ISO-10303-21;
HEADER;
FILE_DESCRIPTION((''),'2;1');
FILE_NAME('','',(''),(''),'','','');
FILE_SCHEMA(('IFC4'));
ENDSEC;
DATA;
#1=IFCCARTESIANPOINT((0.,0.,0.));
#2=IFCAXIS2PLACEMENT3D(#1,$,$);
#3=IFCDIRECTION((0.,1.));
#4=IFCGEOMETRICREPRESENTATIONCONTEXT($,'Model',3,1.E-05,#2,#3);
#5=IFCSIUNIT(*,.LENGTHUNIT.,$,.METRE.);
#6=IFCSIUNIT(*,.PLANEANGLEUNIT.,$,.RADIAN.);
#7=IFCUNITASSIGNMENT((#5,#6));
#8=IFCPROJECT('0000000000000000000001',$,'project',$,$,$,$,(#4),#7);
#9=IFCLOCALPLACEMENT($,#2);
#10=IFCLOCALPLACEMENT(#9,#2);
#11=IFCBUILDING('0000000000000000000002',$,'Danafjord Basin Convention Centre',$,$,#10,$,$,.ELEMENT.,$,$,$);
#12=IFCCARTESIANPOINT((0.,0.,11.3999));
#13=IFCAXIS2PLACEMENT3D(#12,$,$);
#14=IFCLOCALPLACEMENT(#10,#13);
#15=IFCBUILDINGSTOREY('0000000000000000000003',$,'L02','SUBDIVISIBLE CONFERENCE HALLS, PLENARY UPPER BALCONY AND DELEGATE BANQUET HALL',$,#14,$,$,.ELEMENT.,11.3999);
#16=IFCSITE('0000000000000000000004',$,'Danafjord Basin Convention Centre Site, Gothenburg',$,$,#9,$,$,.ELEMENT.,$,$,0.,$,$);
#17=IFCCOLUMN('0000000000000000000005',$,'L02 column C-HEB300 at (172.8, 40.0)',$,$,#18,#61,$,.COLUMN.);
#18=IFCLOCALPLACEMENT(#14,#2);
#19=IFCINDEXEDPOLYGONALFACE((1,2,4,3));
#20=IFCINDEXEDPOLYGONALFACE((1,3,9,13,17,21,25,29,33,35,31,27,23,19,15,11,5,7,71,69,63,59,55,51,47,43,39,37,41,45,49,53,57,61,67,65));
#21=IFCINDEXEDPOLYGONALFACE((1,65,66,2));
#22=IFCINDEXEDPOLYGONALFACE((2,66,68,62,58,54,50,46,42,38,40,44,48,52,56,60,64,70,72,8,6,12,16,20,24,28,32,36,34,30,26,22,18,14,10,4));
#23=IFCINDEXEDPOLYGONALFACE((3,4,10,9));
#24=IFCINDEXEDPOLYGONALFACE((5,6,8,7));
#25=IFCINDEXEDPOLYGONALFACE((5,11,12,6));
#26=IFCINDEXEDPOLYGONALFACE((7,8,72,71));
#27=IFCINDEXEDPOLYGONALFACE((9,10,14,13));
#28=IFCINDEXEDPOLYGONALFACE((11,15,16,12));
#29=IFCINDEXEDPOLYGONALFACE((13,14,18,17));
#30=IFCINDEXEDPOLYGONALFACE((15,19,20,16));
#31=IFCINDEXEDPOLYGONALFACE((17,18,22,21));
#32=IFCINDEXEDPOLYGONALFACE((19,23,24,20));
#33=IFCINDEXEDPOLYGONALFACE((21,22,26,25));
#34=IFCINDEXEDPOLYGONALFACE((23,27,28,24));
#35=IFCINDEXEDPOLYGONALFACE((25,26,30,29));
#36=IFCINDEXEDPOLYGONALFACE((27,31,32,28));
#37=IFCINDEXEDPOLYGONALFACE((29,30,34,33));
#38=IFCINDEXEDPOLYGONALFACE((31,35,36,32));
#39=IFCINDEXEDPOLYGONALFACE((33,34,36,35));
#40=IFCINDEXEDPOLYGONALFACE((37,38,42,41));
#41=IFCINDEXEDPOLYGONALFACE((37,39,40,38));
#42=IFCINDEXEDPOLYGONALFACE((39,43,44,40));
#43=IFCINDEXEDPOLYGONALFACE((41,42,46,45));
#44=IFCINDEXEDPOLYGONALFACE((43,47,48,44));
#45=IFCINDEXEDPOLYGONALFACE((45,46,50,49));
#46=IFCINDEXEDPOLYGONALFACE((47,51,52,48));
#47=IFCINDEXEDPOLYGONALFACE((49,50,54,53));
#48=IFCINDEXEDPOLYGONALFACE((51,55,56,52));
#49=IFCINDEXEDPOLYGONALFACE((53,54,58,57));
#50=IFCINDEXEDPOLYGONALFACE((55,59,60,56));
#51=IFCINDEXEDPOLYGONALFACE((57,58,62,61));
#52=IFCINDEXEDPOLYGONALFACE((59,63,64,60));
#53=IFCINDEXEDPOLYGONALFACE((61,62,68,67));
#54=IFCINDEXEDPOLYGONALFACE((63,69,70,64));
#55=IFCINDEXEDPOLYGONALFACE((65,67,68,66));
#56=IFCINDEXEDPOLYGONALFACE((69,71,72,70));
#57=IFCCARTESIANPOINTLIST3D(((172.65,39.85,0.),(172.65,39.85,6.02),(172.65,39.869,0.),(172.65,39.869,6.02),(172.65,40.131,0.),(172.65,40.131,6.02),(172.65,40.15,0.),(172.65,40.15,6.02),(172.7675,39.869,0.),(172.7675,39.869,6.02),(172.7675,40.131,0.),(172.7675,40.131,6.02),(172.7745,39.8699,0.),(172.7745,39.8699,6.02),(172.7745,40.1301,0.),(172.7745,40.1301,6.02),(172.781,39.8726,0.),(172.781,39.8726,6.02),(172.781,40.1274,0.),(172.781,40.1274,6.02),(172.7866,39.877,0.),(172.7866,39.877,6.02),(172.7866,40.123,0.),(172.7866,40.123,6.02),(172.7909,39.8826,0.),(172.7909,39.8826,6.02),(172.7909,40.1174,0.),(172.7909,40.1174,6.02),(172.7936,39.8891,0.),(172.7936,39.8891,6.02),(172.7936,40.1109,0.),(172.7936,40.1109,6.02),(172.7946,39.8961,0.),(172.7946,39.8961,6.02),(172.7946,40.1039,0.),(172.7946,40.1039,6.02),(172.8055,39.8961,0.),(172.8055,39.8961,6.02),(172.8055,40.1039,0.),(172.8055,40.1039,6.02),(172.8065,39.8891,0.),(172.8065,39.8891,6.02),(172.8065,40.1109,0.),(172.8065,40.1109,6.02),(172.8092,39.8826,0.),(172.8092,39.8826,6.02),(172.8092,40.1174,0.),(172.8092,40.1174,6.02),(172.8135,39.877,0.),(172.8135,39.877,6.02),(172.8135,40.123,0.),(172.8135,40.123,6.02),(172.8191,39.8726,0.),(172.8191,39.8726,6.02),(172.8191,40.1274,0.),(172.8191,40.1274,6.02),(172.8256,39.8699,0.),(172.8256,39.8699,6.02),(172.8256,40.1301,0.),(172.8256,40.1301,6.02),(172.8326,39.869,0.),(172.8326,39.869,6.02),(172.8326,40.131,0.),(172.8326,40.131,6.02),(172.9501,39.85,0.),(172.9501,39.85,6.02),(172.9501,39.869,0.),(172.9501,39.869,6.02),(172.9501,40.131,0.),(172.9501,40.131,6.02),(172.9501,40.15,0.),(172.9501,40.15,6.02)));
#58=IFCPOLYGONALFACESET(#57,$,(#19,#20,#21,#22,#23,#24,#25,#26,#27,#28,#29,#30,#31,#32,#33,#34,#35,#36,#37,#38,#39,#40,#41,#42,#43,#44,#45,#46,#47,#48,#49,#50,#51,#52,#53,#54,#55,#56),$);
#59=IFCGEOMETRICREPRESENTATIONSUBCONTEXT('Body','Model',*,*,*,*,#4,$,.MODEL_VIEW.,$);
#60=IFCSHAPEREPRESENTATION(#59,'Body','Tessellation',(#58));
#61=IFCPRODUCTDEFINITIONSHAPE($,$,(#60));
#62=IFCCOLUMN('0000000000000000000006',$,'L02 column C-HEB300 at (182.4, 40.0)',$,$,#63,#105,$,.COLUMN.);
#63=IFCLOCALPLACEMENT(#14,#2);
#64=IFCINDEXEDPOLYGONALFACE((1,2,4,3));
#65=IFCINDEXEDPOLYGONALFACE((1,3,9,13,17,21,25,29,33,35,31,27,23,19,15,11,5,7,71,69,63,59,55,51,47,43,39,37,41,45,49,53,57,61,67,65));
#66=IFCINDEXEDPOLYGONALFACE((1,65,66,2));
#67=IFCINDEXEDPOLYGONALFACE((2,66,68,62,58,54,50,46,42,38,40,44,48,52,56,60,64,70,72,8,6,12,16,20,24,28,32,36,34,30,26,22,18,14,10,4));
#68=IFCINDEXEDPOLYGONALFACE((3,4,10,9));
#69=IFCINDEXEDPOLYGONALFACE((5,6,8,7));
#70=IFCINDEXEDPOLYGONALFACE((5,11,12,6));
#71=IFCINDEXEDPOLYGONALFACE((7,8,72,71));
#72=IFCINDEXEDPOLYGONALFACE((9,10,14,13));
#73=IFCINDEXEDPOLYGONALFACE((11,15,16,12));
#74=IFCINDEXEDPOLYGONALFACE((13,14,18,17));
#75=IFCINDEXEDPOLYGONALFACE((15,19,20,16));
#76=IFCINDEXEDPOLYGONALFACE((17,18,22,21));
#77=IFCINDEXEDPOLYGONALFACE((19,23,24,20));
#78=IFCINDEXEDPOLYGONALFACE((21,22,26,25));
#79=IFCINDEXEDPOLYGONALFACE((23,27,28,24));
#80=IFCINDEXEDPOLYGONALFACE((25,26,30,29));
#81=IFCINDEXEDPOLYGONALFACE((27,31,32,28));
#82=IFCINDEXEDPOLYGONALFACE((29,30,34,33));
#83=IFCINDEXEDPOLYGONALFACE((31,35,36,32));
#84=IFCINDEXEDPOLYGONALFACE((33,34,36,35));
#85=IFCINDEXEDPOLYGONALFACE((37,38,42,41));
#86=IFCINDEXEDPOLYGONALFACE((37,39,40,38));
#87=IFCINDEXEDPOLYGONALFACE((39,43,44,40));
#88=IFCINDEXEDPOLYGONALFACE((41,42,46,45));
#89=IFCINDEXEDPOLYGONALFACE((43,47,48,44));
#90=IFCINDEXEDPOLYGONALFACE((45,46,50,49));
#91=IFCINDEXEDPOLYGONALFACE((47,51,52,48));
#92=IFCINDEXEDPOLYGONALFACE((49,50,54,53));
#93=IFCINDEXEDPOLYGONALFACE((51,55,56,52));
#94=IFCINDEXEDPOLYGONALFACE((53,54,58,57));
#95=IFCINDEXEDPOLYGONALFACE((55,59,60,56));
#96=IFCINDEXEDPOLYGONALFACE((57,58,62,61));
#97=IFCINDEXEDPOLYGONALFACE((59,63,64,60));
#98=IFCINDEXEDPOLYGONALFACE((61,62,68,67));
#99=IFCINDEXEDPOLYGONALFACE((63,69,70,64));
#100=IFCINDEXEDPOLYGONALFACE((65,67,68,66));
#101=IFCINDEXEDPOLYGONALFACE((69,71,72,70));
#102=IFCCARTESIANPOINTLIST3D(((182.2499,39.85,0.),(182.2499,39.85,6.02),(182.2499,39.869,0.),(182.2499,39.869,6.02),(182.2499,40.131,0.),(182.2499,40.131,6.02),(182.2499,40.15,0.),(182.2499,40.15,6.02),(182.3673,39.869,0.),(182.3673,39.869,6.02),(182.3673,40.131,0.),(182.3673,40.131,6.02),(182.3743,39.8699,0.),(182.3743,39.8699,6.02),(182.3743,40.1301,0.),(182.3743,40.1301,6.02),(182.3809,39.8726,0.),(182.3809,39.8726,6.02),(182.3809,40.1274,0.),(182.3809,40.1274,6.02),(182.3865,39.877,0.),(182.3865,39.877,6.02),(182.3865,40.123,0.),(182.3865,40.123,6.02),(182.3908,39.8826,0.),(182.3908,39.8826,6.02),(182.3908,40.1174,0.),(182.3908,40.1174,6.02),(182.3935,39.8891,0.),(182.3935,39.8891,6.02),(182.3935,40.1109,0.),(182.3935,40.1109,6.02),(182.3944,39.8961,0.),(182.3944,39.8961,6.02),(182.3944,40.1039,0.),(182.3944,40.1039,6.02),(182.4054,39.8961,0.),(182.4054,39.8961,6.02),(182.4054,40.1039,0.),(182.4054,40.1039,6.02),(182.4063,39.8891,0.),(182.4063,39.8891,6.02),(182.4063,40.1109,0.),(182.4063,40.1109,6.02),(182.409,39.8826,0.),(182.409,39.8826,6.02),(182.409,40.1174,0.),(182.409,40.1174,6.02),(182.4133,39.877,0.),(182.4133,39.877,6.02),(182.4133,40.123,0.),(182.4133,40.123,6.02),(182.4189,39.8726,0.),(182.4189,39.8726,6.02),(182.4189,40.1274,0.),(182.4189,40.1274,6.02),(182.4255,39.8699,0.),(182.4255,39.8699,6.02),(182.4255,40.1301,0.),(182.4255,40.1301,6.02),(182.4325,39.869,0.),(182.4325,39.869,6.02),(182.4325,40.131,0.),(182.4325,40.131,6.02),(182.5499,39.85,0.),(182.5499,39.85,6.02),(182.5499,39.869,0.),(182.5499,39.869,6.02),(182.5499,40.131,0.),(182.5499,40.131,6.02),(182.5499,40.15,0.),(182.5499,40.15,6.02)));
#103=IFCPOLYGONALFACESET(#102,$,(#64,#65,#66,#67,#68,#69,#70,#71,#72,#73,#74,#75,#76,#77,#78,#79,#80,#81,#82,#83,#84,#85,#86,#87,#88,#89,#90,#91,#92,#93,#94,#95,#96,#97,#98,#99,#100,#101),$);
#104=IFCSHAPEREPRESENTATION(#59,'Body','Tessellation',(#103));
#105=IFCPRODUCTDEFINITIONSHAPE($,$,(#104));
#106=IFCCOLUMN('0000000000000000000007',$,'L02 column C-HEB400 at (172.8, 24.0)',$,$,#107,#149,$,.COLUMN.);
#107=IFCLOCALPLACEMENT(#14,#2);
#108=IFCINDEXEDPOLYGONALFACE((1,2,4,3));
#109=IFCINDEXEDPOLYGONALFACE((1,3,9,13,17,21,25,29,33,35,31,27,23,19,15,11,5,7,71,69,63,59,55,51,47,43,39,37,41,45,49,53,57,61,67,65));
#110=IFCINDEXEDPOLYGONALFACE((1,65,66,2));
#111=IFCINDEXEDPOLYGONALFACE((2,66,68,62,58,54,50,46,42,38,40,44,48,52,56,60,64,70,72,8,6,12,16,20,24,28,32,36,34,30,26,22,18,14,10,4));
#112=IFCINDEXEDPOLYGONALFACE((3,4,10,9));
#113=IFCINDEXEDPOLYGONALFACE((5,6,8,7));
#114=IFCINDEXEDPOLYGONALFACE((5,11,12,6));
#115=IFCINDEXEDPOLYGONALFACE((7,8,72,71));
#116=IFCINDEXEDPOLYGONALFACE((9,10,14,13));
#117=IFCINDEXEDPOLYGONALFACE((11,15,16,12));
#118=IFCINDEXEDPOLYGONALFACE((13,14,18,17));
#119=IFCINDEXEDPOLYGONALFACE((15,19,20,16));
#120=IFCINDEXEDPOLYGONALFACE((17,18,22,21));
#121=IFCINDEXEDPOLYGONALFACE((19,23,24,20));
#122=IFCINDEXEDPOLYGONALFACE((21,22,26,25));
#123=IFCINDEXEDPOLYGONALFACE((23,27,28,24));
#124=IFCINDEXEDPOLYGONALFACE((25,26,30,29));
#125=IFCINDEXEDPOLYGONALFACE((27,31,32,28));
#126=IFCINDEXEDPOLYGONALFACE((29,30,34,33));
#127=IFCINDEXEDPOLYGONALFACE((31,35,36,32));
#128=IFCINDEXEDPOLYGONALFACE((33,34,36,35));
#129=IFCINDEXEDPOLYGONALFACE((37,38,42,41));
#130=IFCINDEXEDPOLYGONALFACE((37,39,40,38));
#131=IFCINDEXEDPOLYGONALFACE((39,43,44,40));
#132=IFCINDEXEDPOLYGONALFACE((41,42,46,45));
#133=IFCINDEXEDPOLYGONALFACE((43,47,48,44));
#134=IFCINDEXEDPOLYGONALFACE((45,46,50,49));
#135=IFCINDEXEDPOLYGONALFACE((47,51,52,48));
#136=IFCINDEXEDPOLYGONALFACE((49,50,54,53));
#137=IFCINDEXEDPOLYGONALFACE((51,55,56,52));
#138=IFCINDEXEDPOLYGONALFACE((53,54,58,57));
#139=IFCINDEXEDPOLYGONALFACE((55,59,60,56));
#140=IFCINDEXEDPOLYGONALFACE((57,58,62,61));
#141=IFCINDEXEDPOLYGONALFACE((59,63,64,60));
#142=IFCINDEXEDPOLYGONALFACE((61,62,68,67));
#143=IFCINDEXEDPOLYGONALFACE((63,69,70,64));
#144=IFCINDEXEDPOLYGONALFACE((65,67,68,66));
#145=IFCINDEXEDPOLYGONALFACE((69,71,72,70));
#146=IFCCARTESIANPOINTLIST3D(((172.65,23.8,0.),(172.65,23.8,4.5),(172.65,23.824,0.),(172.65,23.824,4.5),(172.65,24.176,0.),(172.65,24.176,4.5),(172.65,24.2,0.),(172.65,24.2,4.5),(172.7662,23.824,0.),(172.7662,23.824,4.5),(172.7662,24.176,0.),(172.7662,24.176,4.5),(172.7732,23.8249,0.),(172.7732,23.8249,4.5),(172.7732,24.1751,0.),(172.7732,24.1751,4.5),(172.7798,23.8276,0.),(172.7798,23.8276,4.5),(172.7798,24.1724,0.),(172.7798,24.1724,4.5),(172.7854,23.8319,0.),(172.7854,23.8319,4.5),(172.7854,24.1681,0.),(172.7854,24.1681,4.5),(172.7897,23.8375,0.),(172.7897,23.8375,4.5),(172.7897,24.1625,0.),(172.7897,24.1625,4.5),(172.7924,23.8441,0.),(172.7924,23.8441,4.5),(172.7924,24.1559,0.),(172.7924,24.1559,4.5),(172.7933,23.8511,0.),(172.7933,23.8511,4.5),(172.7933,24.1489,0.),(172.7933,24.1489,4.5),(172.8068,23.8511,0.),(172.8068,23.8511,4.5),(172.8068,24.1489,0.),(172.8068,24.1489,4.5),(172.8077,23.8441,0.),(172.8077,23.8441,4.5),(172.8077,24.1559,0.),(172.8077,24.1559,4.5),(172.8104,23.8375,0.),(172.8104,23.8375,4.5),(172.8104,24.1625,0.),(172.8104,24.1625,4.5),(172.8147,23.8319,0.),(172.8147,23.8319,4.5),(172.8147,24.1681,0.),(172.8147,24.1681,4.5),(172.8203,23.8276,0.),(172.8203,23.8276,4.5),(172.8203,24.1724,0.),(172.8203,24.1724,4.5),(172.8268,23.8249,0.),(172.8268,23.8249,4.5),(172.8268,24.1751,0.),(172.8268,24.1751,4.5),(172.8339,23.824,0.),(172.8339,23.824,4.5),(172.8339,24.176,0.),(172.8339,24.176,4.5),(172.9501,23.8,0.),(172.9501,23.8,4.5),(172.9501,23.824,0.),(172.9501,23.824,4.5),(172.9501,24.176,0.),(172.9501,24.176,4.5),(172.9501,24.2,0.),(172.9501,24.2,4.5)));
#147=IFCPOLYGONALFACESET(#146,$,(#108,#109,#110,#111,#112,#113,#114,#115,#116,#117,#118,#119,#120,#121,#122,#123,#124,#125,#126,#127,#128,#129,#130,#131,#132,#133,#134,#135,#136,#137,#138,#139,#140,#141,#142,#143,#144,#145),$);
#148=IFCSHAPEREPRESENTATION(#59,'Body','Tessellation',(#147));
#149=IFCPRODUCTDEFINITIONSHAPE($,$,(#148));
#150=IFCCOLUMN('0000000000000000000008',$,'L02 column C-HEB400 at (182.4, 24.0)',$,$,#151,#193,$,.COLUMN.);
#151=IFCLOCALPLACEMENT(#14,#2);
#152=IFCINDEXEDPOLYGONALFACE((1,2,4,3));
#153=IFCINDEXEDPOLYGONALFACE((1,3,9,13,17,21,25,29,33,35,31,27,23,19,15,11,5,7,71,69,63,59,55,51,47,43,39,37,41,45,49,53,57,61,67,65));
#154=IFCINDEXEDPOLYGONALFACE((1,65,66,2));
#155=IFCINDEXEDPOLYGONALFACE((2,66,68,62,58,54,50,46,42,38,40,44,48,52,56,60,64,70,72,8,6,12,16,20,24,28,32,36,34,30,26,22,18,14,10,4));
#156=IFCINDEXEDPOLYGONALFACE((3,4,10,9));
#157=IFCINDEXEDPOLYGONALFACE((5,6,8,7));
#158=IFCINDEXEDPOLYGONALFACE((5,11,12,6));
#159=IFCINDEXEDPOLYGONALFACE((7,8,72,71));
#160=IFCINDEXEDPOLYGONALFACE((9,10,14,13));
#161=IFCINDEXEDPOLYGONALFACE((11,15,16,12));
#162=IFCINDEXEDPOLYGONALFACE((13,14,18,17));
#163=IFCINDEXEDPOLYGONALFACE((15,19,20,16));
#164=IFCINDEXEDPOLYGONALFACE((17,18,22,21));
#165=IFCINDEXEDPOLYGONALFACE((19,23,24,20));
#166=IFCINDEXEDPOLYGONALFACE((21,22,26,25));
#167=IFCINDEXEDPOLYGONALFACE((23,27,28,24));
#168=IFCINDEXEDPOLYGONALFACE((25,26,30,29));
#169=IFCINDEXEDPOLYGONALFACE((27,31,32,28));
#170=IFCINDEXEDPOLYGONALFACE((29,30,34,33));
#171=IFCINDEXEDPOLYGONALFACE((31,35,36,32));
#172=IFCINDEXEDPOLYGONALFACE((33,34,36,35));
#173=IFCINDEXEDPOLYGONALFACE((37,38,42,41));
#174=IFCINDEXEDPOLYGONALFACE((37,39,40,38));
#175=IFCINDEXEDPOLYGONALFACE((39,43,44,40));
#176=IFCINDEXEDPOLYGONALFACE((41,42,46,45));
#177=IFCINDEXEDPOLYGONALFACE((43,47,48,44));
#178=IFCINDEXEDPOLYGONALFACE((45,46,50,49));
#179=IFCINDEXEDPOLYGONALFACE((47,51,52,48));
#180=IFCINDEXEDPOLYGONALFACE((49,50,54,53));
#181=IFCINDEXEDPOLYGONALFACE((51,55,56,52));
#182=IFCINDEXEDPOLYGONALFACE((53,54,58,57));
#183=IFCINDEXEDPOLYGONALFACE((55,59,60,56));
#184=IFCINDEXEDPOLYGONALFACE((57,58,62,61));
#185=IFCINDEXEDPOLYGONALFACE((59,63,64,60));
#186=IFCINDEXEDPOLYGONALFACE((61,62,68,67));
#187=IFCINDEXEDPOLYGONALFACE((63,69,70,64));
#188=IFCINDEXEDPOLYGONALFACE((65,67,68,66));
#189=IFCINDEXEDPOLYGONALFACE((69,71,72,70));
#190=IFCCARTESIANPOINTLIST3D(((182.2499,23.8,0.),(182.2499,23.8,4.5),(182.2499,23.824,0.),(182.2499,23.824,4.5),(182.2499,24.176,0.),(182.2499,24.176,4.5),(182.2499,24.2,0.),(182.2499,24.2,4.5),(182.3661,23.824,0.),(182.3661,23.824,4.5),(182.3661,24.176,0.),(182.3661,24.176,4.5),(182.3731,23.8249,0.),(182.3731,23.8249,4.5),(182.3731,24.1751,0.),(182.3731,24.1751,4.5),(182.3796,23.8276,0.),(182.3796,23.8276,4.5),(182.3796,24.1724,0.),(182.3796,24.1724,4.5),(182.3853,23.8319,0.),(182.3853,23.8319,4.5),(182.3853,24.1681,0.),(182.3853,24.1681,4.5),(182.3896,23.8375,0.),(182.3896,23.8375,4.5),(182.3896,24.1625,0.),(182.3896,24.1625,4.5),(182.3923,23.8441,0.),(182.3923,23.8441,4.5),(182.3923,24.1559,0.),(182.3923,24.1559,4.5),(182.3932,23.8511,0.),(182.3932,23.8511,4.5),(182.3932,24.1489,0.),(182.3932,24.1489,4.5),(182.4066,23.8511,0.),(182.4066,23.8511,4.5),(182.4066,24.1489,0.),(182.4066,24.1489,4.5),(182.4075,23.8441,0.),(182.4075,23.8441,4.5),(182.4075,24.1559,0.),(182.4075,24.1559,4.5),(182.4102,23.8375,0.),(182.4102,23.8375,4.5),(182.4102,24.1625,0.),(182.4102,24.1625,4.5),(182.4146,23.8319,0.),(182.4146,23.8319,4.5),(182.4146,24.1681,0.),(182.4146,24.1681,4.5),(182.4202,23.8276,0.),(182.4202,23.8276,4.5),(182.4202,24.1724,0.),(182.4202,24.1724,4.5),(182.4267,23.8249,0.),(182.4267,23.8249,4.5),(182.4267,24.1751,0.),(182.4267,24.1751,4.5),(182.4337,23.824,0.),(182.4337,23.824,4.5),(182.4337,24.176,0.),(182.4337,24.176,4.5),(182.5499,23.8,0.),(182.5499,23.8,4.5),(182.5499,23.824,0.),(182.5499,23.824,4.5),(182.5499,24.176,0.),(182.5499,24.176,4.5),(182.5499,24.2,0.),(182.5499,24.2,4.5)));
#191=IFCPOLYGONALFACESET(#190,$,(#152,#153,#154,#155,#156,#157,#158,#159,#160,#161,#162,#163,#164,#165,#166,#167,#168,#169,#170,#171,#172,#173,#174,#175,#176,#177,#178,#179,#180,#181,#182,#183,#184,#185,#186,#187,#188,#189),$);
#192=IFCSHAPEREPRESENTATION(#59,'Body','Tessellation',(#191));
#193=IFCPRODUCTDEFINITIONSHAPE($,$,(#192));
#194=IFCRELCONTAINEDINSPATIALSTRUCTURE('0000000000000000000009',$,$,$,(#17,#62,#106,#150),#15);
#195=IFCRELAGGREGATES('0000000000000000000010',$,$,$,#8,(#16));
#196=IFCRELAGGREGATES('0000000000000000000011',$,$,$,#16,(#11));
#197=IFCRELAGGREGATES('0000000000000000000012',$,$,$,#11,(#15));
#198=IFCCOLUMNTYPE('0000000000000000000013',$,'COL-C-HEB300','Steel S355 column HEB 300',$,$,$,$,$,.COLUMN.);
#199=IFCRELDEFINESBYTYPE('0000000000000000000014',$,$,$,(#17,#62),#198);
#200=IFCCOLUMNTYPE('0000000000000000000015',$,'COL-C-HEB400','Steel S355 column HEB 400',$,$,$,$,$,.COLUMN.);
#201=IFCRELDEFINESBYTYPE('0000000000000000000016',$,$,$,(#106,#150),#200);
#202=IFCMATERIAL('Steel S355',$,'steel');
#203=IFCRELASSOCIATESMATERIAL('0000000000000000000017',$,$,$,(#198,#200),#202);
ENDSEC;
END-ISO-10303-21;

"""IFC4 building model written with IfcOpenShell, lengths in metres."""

from ifc_helpers import new_model, si_unit, direction, frame, origin, origin_2d, place, context, subcontext, project, spatial, i_section, extrude, material, material_profile, profile_set, type_object, element, save


model = new_model("IFC4")

# Units and contexts
model_context = context("Model", 3, precision=1e-05, world=origin(), true_north=direction((0.0, 1.0)))
body_context = subcontext(model_context, "Body", "Model", "MODEL_VIEW")
ifc_project = project(units=[si_unit("LENGTHUNIT", "METRE"), si_unit("PLANEANGLEUNIT", "RADIAN")], contexts=[model_context])

# Site, building, storey
site_placement = place(None, origin())
site = spatial("IfcSite", under=ifc_project, at=site_placement, Name="Danafjord Basin Convention Centre Site, Gothenburg", CompositionType="ELEMENT", RefElevation=0.0)
building_placement = place(site_placement, origin())
building = spatial("IfcBuilding", under=site, at=building_placement, Name="Danafjord Basin Convention Centre", CompositionType="ELEMENT")
storey_placement = place(building_placement, frame((0.0, 0.0, 11.3999)))
storey = spatial("IfcBuildingStorey", under=building, at=storey_placement, Name="L02", Description="SUBDIVISIBLE CONFERENCE HALLS, PLENARY UPPER BALCONY AND DELEGATE BANQUET HALL", CompositionType="ELEMENT", Elevation=11.3999)

# Columns
ifc_material_1 = material(Name="Steel S355", Category="steel")
ifc_material_profile_1 = material_profile(ifc_material_1, i_section(OverallWidth=0.3, OverallDepth=0.3, WebThickness=0.011, FlangeThickness=0.019, FilletRadius=0.0271, at=origin_2d()), Name="HEB 300")
ifc_profile_set_1 = profile_set([ifc_material_profile_1], Name="Steel S355")
column_type_1 = type_object("IfcColumnType", Name="COL-C-HEB300", Description="Steel S355 column HEB 300", PredefinedType="COLUMN", material=ifc_profile_set_1)
for number, where, z_axis, x_axis, name in (
    (1, (172.8, 40.0, 0.0), (0.0, 0.0, 1.0), (1.0, 0.0, 0.0), "L02 column C-HEB300 at (172.8, 40.0)"),
    (2, (182.3999, 40.0, 0.0), (0.0, 0.0, 1.0), (1.0, 0.0, 0.0), "L02 column C-HEB300 at (182.4, 40.0)"),
):
    element("IfcColumn", number, at=place(storey_placement, frame(where, z_axis=z_axis, x_axis=x_axis)), inside=storey, type_object=column_type_1, Name=name, PredefinedType="COLUMN", context=body_context, shape_type="SweptSolid", body=[
        extrude(i_section(OverallWidth=0.3, OverallDepth=0.3, WebThickness=0.011, FlangeThickness=0.019, FilletRadius=0.0271, at=origin_2d()), origin(), (0.0, 0.0, 1.0), 6.02),
    ])
ifc_material_profile_2 = material_profile(ifc_material_1, i_section(OverallWidth=0.3, OverallDepth=0.3999, WebThickness=0.0134, FlangeThickness=0.0239, FilletRadius=0.0271, at=origin_2d()), Name="HEB 400")
ifc_profile_set_2 = profile_set([ifc_material_profile_2], Name="Steel S355")
column_type_2 = type_object("IfcColumnType", Name="COL-C-HEB400", Description="Steel S355 column HEB 400", PredefinedType="COLUMN", material=ifc_profile_set_2)
for number, where, z_axis, x_axis, name in (
    (3, (172.8, 24.0, 0.0), (0.0, 0.0, 1.0), (1.0, 0.0, 0.0), "L02 column C-HEB400 at (172.8, 24.0)"),
    (4, (182.3999, 24.0, 0.0), (0.0, 0.0, 1.0), (1.0, 0.0, 0.0), "L02 column C-HEB400 at (182.4, 24.0)"),
):
    element("IfcColumn", number, at=place(storey_placement, frame(where, z_axis=z_axis, x_axis=x_axis)), inside=storey, type_object=column_type_2, Name=name, PredefinedType="COLUMN", context=body_context, shape_type="SweptSolid", body=[
        extrude(i_section(OverallWidth=0.3, OverallDepth=0.3999, WebThickness=0.0134, FlangeThickness=0.0239, FilletRadius=0.0271, at=origin_2d()), origin(), (0.0, 0.0, 1.0), 4.5),
    ])

save(model, "model.ifc")
